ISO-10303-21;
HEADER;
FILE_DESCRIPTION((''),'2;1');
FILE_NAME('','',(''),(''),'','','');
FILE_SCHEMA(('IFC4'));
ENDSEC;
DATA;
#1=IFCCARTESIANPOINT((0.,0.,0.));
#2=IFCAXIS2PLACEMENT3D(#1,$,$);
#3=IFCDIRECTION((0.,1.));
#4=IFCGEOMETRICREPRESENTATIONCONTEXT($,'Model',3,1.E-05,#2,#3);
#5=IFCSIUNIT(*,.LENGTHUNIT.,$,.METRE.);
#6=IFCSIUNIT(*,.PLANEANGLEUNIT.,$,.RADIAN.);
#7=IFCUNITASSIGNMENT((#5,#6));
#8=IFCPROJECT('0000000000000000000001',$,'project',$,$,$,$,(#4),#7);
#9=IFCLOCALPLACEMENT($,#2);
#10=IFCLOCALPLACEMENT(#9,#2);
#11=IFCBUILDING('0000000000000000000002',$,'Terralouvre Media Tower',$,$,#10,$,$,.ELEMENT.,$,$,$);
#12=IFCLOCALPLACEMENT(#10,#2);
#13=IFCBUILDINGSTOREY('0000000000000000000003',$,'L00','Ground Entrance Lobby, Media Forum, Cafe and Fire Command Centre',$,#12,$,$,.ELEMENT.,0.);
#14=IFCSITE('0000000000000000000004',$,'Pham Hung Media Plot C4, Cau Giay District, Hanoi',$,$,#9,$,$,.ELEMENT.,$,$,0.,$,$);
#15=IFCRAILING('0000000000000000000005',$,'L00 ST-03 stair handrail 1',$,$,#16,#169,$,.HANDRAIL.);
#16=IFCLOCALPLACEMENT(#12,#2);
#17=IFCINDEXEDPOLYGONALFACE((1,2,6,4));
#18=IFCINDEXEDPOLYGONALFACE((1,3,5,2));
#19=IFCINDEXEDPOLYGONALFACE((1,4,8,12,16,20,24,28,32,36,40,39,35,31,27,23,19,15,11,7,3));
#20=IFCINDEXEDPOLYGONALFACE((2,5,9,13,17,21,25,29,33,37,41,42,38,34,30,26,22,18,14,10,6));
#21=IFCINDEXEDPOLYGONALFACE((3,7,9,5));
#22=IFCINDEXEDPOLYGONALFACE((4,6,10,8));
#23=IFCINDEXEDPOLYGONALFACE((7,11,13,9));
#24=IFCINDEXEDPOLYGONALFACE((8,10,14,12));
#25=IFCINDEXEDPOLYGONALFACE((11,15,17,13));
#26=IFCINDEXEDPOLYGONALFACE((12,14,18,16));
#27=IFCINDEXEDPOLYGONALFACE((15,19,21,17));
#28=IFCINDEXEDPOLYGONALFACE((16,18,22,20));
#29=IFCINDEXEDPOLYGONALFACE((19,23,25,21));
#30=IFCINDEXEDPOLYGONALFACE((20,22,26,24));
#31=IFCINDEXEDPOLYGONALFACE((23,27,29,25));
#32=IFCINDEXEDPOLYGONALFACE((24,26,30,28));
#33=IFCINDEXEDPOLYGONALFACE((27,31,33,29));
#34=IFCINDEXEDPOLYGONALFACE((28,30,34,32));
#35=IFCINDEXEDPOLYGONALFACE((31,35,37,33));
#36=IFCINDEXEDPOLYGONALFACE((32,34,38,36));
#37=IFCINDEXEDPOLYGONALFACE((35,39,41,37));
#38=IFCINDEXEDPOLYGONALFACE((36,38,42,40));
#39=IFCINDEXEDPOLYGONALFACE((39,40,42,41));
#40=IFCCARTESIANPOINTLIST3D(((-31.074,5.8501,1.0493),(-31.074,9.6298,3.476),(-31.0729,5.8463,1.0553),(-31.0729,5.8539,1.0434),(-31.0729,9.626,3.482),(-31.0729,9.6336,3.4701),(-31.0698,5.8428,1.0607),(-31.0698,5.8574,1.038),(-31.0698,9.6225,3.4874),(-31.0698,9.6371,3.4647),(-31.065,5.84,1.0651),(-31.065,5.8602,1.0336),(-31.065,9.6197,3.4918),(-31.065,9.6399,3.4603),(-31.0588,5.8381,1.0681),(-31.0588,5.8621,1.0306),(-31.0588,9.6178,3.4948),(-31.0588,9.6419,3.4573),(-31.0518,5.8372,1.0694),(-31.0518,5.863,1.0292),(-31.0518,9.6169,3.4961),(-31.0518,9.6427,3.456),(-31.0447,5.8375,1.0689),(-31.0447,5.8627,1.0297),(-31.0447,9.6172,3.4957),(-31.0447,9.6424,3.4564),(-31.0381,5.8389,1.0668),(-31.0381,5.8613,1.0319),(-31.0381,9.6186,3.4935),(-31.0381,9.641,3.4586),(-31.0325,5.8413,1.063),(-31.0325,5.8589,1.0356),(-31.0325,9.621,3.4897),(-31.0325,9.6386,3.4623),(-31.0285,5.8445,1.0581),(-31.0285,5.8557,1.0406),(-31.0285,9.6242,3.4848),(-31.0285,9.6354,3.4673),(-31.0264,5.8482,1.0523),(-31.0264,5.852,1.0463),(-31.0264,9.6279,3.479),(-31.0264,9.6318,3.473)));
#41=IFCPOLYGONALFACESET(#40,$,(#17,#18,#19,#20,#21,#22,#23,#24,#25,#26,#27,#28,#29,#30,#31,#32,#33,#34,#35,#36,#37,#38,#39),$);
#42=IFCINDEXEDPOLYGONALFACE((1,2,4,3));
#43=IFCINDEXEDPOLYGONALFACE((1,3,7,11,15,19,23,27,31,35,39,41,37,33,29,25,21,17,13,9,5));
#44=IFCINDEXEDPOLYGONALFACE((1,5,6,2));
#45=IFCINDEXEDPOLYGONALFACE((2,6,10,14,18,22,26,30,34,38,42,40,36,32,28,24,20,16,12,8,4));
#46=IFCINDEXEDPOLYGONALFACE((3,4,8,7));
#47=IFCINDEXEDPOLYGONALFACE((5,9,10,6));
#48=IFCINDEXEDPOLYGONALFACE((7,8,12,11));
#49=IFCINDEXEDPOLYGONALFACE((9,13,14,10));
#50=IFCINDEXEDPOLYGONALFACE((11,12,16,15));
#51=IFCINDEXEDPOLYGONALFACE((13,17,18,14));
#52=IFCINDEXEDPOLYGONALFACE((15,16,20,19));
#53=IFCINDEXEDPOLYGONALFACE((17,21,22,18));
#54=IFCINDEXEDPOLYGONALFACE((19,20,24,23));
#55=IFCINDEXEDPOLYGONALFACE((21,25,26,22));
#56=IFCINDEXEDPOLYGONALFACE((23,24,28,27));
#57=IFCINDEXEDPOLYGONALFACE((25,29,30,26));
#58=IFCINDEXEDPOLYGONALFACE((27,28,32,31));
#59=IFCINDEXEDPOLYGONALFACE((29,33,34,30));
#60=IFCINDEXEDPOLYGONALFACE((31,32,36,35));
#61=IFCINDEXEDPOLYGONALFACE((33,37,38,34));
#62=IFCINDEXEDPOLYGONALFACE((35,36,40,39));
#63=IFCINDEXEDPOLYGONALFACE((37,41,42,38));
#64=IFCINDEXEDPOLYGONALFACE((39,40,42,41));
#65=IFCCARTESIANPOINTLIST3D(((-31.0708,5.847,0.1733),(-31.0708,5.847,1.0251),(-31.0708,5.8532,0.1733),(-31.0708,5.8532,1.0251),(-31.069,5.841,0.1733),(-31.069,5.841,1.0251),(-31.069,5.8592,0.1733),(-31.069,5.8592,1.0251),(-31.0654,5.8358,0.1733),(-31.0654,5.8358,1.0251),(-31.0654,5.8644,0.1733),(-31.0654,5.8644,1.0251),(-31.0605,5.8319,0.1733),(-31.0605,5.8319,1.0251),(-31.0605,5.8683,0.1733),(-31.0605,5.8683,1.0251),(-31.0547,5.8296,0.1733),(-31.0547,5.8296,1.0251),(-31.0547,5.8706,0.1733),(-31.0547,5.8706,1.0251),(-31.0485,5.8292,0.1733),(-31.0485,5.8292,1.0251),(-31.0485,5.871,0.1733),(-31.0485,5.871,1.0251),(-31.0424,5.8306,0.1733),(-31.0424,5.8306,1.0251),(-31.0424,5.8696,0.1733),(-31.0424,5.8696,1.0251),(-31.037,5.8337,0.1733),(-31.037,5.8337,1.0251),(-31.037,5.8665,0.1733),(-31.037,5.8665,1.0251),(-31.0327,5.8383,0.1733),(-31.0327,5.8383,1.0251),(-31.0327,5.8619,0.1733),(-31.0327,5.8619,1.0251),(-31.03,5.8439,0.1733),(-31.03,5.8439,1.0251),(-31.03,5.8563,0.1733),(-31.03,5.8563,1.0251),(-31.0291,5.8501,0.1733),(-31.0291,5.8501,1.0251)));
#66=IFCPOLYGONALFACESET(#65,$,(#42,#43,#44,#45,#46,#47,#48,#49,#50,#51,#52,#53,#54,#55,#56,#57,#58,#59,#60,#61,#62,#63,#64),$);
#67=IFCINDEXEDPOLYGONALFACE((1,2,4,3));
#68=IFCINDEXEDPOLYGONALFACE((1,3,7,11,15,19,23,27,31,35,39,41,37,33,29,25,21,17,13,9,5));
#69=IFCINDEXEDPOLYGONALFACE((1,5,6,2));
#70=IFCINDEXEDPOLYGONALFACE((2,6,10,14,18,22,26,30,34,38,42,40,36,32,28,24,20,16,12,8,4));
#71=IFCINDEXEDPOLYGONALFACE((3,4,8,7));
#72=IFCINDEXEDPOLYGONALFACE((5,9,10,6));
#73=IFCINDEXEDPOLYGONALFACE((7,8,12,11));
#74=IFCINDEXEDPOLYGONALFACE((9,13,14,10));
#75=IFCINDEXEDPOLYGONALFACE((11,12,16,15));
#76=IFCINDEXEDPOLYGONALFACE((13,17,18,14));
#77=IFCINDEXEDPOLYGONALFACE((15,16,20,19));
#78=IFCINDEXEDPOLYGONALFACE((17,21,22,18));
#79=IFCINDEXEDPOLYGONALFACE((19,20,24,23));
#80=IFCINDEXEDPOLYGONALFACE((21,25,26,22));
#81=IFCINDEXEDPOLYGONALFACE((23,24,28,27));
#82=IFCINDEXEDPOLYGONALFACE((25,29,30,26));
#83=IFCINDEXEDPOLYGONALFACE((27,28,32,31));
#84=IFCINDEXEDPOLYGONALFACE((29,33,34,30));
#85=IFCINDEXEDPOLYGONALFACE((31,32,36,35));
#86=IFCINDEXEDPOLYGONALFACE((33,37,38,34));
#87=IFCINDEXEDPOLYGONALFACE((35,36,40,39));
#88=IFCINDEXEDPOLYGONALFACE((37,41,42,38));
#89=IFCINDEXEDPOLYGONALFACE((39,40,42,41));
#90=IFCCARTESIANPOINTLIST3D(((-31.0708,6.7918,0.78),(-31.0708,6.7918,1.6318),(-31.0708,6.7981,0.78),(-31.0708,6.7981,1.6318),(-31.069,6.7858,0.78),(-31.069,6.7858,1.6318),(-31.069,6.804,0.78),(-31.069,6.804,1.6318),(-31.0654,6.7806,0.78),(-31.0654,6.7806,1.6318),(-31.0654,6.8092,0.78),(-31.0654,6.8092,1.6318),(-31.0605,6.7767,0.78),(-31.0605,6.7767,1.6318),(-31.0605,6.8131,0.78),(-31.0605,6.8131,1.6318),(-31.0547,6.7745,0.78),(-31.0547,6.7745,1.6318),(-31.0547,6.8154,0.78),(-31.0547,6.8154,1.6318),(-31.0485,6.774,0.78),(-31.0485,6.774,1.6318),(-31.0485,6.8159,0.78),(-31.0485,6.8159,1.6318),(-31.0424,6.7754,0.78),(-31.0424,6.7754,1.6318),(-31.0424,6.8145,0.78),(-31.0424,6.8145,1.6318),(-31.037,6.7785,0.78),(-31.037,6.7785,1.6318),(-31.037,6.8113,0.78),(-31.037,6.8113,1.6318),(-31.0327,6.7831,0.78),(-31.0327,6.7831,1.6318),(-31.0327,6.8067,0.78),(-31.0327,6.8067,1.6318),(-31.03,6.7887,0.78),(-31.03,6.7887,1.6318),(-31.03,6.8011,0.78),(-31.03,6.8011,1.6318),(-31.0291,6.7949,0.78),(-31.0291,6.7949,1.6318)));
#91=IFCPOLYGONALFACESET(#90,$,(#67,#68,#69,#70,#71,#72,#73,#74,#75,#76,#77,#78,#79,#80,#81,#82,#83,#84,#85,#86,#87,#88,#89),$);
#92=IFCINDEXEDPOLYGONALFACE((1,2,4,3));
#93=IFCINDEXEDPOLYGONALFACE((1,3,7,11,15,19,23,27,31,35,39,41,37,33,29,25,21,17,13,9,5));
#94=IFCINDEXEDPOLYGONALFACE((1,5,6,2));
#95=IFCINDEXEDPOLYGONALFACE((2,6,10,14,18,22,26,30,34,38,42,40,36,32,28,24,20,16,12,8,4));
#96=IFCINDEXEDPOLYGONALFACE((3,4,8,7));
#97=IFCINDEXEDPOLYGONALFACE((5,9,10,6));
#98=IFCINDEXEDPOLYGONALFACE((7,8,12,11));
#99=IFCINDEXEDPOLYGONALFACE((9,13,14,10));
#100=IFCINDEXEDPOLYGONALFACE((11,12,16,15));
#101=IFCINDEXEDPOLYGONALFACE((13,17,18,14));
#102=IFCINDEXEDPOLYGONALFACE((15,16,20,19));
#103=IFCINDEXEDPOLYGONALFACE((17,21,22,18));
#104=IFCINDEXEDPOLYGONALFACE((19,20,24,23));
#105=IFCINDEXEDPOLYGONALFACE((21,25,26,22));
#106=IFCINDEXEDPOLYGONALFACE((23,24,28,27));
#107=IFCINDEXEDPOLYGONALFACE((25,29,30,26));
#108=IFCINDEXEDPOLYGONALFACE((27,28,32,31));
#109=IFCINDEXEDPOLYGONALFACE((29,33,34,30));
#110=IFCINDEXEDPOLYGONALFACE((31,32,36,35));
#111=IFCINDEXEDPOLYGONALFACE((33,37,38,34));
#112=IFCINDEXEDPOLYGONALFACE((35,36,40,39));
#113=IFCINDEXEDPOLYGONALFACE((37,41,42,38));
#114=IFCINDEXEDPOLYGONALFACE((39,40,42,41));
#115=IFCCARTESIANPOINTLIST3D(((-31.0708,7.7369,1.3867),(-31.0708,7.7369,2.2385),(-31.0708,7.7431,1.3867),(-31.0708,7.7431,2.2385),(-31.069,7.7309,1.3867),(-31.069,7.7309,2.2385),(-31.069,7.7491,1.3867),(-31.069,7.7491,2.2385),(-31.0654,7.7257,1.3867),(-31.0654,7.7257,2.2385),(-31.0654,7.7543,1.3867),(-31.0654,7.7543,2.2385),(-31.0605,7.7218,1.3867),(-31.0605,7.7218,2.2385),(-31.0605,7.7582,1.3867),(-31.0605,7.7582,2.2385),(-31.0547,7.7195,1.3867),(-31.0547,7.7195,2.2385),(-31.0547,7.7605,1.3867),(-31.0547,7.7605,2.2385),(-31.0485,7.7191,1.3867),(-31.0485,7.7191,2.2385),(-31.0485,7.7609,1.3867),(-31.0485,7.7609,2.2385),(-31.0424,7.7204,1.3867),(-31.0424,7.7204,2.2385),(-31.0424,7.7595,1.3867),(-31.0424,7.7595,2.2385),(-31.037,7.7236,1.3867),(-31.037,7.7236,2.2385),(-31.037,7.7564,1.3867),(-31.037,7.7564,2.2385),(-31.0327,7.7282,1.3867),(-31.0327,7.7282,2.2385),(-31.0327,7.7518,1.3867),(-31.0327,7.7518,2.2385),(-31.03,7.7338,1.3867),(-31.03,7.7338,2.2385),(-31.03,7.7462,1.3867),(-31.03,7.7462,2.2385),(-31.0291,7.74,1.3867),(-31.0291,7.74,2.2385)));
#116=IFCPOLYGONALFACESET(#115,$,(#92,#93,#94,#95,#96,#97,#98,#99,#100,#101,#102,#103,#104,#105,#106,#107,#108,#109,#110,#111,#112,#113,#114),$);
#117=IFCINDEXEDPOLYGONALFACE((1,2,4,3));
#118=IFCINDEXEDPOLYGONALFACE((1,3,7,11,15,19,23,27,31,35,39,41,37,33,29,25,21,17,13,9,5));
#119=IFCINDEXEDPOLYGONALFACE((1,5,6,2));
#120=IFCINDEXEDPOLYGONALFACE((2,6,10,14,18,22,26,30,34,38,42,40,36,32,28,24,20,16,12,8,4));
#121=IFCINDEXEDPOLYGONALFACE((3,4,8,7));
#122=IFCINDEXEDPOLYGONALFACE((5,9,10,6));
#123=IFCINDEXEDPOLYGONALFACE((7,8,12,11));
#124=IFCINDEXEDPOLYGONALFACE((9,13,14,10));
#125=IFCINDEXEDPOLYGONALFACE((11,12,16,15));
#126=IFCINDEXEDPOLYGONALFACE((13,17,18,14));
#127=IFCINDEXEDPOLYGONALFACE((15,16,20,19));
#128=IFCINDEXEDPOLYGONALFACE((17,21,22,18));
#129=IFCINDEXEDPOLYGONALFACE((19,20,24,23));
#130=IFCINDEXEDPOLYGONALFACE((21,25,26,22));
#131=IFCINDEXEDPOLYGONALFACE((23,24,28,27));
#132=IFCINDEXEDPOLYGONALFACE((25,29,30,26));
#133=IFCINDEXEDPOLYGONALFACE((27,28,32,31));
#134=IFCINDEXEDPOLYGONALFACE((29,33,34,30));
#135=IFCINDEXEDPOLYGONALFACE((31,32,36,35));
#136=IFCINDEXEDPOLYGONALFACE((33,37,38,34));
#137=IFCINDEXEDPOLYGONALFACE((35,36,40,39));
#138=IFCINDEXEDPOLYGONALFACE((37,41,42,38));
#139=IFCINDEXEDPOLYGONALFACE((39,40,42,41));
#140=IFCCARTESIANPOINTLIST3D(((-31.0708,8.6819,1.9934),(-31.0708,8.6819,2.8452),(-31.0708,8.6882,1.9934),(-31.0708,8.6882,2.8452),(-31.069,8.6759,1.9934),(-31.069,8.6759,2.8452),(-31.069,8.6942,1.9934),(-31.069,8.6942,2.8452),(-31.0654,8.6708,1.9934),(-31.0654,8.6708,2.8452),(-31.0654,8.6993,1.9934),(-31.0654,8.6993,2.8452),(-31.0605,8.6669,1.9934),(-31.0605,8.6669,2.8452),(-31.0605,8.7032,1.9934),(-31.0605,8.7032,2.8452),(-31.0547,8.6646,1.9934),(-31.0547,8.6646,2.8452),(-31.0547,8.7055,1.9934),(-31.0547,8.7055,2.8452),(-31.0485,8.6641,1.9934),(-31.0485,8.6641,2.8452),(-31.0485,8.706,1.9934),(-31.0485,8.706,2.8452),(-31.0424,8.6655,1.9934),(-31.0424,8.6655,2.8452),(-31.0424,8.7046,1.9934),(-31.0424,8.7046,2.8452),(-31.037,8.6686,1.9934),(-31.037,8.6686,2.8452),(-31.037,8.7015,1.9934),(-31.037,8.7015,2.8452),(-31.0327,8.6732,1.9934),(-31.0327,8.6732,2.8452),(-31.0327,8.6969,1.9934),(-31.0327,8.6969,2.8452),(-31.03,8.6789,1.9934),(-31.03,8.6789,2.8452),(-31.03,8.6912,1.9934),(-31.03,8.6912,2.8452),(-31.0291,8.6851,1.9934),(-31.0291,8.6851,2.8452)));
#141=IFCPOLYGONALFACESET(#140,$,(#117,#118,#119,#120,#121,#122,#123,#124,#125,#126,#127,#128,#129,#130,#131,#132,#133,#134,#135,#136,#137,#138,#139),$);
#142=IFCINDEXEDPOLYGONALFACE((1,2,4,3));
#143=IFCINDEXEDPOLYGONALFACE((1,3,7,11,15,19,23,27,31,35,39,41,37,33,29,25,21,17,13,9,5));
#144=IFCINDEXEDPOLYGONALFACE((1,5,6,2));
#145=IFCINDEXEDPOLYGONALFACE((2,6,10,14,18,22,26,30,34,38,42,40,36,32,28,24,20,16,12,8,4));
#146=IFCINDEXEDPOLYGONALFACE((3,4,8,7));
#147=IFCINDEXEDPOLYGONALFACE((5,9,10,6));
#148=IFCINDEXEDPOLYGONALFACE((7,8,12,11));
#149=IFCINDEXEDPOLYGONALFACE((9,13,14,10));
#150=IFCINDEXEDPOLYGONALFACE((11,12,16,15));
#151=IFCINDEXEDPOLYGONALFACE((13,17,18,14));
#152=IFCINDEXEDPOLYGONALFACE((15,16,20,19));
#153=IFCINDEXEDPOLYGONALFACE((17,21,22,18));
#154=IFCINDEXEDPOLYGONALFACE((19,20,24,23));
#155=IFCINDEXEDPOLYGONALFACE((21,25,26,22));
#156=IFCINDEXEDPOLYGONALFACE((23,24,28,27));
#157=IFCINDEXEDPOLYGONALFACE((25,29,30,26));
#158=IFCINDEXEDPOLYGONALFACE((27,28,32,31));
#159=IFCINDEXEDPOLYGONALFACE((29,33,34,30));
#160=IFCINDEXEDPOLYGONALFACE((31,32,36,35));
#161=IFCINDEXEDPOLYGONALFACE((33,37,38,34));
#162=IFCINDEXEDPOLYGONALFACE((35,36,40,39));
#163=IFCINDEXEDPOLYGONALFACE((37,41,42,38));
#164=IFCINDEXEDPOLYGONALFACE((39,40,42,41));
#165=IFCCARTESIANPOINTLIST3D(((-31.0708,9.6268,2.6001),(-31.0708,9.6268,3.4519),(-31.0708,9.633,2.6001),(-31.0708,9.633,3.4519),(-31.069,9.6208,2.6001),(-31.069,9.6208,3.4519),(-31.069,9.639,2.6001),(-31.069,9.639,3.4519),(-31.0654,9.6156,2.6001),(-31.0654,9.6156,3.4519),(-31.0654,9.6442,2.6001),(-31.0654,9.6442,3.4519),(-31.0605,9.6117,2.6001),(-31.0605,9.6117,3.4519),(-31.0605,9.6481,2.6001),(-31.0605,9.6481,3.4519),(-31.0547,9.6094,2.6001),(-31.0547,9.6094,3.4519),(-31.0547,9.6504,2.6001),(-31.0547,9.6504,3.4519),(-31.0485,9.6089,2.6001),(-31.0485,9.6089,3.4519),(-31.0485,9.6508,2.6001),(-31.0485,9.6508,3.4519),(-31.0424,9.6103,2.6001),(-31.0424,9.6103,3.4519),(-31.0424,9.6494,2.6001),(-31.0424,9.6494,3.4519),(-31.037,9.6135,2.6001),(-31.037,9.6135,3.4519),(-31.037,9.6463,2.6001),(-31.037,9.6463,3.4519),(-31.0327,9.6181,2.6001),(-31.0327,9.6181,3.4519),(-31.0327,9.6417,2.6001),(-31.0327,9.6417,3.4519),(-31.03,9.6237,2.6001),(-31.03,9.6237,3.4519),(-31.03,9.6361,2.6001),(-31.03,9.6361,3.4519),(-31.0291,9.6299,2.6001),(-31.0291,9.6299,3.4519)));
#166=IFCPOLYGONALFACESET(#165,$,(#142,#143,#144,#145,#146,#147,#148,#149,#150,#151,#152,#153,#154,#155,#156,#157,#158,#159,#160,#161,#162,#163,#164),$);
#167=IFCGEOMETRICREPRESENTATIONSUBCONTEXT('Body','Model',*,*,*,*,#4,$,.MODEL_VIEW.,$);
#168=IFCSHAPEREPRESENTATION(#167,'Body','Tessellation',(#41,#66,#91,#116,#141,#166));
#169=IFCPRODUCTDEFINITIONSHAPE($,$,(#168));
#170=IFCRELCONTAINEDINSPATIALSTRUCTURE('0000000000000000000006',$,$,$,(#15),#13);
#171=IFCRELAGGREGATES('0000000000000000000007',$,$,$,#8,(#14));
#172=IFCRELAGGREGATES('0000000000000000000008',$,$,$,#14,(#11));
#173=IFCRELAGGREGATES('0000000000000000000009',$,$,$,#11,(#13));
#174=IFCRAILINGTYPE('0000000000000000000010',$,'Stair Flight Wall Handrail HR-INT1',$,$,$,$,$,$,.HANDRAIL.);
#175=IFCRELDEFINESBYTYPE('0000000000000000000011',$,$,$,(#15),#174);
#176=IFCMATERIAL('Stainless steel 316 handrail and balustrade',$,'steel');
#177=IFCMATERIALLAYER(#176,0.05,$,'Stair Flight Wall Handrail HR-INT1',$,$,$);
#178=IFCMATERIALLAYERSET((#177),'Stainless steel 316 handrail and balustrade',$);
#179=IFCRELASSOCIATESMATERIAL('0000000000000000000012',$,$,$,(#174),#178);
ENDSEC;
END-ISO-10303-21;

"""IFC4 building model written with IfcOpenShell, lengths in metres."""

from ifc_helpers import new_model, si_unit, direction, frame, origin, origin_2d, place, context, subcontext, project, spatial, circle, extrude, material, layer, layer_set, type_object, element, save


model = new_model("IFC4")

# Units and contexts
model_context = context("Model", 3, precision=1e-05, world=origin(), true_north=direction((0.0, 1.0)))
body_context = subcontext(model_context, "Body", "Model", "MODEL_VIEW")
ifc_project = project(units=[si_unit("LENGTHUNIT", "METRE"), si_unit("PLANEANGLEUNIT", "RADIAN")], contexts=[model_context])

# Site, building, storey
site_placement = place(None, origin())
site = spatial("IfcSite", under=ifc_project, at=site_placement, Name="Pham Hung Media Plot C4, Cau Giay District, Hanoi", CompositionType="ELEMENT", RefElevation=0.0)
building_placement = place(site_placement, origin())
building = spatial("IfcBuilding", under=site, at=building_placement, Name="Terralouvre Media Tower", CompositionType="ELEMENT")
storey_placement = place(building_placement, origin())
storey = spatial("IfcBuildingStorey", under=building, at=storey_placement, Name="L00", Description="Ground Entrance Lobby, Media Forum, Cafe and Fire Command Centre", CompositionType="ELEMENT", Elevation=0.0)

# Railing
ifc_material_1 = material(Name="Stainless steel 316 handrail and balustrade", Category="steel")
ifc_layer_1 = layer(ifc_material_1, 0.05, Name="Stair Flight Wall Handrail HR-INT1")
ifc_layer_set_1 = layer_set([ifc_layer_1], Name="Stainless steel 316 handrail and balustrade")
railing_type_1 = type_object("IfcRailingType", Name="Stair Flight Wall Handrail HR-INT1", PredefinedType="HANDRAIL", material=ifc_layer_set_1)
railing_1_placement = place(storey_placement, frame((-31.05, 5.8501, 0.1733)))
element("IfcRailing", 1, at=railing_1_placement, inside=storey, type_object=railing_type_1, Name="L00 ST-03 stair handrail 1", PredefinedType="HANDRAIL", context=body_context, shape_type="SweptSolid", body=[
    extrude(circle(Radius=0.0239, at=origin_2d()), frame((0.0, 0.0, 0.876), z_axis=(0.0, 0.841493, 0.540269), x_axis=(-1.0, 0.0, 0.0)), (0.0, 0.0, 1.0), 4.4917),
    extrude(circle(Radius=0.021, at=origin_2d()), origin(), (0.0, 0.0, 1.0), 0.8518),
    extrude(circle(Radius=0.021, at=origin_2d()), frame((0.0, 0.9448, 0.6067)), (0.0, 0.0, 1.0), 0.8518),
    extrude(circle(Radius=0.021, at=origin_2d()), frame((0.0, 1.8899, 1.2134)), (0.0, 0.0, 1.0), 0.8518),
    extrude(circle(Radius=0.021, at=origin_2d()), frame((0.0, 2.835, 1.8201)), (0.0, 0.0, 1.0), 0.8518),
    extrude(circle(Radius=0.021, at=origin_2d()), frame((0.0, 3.7798, 2.4268)), (0.0, 0.0, 1.0), 0.8518),
])

save(model, "model.ifc")
